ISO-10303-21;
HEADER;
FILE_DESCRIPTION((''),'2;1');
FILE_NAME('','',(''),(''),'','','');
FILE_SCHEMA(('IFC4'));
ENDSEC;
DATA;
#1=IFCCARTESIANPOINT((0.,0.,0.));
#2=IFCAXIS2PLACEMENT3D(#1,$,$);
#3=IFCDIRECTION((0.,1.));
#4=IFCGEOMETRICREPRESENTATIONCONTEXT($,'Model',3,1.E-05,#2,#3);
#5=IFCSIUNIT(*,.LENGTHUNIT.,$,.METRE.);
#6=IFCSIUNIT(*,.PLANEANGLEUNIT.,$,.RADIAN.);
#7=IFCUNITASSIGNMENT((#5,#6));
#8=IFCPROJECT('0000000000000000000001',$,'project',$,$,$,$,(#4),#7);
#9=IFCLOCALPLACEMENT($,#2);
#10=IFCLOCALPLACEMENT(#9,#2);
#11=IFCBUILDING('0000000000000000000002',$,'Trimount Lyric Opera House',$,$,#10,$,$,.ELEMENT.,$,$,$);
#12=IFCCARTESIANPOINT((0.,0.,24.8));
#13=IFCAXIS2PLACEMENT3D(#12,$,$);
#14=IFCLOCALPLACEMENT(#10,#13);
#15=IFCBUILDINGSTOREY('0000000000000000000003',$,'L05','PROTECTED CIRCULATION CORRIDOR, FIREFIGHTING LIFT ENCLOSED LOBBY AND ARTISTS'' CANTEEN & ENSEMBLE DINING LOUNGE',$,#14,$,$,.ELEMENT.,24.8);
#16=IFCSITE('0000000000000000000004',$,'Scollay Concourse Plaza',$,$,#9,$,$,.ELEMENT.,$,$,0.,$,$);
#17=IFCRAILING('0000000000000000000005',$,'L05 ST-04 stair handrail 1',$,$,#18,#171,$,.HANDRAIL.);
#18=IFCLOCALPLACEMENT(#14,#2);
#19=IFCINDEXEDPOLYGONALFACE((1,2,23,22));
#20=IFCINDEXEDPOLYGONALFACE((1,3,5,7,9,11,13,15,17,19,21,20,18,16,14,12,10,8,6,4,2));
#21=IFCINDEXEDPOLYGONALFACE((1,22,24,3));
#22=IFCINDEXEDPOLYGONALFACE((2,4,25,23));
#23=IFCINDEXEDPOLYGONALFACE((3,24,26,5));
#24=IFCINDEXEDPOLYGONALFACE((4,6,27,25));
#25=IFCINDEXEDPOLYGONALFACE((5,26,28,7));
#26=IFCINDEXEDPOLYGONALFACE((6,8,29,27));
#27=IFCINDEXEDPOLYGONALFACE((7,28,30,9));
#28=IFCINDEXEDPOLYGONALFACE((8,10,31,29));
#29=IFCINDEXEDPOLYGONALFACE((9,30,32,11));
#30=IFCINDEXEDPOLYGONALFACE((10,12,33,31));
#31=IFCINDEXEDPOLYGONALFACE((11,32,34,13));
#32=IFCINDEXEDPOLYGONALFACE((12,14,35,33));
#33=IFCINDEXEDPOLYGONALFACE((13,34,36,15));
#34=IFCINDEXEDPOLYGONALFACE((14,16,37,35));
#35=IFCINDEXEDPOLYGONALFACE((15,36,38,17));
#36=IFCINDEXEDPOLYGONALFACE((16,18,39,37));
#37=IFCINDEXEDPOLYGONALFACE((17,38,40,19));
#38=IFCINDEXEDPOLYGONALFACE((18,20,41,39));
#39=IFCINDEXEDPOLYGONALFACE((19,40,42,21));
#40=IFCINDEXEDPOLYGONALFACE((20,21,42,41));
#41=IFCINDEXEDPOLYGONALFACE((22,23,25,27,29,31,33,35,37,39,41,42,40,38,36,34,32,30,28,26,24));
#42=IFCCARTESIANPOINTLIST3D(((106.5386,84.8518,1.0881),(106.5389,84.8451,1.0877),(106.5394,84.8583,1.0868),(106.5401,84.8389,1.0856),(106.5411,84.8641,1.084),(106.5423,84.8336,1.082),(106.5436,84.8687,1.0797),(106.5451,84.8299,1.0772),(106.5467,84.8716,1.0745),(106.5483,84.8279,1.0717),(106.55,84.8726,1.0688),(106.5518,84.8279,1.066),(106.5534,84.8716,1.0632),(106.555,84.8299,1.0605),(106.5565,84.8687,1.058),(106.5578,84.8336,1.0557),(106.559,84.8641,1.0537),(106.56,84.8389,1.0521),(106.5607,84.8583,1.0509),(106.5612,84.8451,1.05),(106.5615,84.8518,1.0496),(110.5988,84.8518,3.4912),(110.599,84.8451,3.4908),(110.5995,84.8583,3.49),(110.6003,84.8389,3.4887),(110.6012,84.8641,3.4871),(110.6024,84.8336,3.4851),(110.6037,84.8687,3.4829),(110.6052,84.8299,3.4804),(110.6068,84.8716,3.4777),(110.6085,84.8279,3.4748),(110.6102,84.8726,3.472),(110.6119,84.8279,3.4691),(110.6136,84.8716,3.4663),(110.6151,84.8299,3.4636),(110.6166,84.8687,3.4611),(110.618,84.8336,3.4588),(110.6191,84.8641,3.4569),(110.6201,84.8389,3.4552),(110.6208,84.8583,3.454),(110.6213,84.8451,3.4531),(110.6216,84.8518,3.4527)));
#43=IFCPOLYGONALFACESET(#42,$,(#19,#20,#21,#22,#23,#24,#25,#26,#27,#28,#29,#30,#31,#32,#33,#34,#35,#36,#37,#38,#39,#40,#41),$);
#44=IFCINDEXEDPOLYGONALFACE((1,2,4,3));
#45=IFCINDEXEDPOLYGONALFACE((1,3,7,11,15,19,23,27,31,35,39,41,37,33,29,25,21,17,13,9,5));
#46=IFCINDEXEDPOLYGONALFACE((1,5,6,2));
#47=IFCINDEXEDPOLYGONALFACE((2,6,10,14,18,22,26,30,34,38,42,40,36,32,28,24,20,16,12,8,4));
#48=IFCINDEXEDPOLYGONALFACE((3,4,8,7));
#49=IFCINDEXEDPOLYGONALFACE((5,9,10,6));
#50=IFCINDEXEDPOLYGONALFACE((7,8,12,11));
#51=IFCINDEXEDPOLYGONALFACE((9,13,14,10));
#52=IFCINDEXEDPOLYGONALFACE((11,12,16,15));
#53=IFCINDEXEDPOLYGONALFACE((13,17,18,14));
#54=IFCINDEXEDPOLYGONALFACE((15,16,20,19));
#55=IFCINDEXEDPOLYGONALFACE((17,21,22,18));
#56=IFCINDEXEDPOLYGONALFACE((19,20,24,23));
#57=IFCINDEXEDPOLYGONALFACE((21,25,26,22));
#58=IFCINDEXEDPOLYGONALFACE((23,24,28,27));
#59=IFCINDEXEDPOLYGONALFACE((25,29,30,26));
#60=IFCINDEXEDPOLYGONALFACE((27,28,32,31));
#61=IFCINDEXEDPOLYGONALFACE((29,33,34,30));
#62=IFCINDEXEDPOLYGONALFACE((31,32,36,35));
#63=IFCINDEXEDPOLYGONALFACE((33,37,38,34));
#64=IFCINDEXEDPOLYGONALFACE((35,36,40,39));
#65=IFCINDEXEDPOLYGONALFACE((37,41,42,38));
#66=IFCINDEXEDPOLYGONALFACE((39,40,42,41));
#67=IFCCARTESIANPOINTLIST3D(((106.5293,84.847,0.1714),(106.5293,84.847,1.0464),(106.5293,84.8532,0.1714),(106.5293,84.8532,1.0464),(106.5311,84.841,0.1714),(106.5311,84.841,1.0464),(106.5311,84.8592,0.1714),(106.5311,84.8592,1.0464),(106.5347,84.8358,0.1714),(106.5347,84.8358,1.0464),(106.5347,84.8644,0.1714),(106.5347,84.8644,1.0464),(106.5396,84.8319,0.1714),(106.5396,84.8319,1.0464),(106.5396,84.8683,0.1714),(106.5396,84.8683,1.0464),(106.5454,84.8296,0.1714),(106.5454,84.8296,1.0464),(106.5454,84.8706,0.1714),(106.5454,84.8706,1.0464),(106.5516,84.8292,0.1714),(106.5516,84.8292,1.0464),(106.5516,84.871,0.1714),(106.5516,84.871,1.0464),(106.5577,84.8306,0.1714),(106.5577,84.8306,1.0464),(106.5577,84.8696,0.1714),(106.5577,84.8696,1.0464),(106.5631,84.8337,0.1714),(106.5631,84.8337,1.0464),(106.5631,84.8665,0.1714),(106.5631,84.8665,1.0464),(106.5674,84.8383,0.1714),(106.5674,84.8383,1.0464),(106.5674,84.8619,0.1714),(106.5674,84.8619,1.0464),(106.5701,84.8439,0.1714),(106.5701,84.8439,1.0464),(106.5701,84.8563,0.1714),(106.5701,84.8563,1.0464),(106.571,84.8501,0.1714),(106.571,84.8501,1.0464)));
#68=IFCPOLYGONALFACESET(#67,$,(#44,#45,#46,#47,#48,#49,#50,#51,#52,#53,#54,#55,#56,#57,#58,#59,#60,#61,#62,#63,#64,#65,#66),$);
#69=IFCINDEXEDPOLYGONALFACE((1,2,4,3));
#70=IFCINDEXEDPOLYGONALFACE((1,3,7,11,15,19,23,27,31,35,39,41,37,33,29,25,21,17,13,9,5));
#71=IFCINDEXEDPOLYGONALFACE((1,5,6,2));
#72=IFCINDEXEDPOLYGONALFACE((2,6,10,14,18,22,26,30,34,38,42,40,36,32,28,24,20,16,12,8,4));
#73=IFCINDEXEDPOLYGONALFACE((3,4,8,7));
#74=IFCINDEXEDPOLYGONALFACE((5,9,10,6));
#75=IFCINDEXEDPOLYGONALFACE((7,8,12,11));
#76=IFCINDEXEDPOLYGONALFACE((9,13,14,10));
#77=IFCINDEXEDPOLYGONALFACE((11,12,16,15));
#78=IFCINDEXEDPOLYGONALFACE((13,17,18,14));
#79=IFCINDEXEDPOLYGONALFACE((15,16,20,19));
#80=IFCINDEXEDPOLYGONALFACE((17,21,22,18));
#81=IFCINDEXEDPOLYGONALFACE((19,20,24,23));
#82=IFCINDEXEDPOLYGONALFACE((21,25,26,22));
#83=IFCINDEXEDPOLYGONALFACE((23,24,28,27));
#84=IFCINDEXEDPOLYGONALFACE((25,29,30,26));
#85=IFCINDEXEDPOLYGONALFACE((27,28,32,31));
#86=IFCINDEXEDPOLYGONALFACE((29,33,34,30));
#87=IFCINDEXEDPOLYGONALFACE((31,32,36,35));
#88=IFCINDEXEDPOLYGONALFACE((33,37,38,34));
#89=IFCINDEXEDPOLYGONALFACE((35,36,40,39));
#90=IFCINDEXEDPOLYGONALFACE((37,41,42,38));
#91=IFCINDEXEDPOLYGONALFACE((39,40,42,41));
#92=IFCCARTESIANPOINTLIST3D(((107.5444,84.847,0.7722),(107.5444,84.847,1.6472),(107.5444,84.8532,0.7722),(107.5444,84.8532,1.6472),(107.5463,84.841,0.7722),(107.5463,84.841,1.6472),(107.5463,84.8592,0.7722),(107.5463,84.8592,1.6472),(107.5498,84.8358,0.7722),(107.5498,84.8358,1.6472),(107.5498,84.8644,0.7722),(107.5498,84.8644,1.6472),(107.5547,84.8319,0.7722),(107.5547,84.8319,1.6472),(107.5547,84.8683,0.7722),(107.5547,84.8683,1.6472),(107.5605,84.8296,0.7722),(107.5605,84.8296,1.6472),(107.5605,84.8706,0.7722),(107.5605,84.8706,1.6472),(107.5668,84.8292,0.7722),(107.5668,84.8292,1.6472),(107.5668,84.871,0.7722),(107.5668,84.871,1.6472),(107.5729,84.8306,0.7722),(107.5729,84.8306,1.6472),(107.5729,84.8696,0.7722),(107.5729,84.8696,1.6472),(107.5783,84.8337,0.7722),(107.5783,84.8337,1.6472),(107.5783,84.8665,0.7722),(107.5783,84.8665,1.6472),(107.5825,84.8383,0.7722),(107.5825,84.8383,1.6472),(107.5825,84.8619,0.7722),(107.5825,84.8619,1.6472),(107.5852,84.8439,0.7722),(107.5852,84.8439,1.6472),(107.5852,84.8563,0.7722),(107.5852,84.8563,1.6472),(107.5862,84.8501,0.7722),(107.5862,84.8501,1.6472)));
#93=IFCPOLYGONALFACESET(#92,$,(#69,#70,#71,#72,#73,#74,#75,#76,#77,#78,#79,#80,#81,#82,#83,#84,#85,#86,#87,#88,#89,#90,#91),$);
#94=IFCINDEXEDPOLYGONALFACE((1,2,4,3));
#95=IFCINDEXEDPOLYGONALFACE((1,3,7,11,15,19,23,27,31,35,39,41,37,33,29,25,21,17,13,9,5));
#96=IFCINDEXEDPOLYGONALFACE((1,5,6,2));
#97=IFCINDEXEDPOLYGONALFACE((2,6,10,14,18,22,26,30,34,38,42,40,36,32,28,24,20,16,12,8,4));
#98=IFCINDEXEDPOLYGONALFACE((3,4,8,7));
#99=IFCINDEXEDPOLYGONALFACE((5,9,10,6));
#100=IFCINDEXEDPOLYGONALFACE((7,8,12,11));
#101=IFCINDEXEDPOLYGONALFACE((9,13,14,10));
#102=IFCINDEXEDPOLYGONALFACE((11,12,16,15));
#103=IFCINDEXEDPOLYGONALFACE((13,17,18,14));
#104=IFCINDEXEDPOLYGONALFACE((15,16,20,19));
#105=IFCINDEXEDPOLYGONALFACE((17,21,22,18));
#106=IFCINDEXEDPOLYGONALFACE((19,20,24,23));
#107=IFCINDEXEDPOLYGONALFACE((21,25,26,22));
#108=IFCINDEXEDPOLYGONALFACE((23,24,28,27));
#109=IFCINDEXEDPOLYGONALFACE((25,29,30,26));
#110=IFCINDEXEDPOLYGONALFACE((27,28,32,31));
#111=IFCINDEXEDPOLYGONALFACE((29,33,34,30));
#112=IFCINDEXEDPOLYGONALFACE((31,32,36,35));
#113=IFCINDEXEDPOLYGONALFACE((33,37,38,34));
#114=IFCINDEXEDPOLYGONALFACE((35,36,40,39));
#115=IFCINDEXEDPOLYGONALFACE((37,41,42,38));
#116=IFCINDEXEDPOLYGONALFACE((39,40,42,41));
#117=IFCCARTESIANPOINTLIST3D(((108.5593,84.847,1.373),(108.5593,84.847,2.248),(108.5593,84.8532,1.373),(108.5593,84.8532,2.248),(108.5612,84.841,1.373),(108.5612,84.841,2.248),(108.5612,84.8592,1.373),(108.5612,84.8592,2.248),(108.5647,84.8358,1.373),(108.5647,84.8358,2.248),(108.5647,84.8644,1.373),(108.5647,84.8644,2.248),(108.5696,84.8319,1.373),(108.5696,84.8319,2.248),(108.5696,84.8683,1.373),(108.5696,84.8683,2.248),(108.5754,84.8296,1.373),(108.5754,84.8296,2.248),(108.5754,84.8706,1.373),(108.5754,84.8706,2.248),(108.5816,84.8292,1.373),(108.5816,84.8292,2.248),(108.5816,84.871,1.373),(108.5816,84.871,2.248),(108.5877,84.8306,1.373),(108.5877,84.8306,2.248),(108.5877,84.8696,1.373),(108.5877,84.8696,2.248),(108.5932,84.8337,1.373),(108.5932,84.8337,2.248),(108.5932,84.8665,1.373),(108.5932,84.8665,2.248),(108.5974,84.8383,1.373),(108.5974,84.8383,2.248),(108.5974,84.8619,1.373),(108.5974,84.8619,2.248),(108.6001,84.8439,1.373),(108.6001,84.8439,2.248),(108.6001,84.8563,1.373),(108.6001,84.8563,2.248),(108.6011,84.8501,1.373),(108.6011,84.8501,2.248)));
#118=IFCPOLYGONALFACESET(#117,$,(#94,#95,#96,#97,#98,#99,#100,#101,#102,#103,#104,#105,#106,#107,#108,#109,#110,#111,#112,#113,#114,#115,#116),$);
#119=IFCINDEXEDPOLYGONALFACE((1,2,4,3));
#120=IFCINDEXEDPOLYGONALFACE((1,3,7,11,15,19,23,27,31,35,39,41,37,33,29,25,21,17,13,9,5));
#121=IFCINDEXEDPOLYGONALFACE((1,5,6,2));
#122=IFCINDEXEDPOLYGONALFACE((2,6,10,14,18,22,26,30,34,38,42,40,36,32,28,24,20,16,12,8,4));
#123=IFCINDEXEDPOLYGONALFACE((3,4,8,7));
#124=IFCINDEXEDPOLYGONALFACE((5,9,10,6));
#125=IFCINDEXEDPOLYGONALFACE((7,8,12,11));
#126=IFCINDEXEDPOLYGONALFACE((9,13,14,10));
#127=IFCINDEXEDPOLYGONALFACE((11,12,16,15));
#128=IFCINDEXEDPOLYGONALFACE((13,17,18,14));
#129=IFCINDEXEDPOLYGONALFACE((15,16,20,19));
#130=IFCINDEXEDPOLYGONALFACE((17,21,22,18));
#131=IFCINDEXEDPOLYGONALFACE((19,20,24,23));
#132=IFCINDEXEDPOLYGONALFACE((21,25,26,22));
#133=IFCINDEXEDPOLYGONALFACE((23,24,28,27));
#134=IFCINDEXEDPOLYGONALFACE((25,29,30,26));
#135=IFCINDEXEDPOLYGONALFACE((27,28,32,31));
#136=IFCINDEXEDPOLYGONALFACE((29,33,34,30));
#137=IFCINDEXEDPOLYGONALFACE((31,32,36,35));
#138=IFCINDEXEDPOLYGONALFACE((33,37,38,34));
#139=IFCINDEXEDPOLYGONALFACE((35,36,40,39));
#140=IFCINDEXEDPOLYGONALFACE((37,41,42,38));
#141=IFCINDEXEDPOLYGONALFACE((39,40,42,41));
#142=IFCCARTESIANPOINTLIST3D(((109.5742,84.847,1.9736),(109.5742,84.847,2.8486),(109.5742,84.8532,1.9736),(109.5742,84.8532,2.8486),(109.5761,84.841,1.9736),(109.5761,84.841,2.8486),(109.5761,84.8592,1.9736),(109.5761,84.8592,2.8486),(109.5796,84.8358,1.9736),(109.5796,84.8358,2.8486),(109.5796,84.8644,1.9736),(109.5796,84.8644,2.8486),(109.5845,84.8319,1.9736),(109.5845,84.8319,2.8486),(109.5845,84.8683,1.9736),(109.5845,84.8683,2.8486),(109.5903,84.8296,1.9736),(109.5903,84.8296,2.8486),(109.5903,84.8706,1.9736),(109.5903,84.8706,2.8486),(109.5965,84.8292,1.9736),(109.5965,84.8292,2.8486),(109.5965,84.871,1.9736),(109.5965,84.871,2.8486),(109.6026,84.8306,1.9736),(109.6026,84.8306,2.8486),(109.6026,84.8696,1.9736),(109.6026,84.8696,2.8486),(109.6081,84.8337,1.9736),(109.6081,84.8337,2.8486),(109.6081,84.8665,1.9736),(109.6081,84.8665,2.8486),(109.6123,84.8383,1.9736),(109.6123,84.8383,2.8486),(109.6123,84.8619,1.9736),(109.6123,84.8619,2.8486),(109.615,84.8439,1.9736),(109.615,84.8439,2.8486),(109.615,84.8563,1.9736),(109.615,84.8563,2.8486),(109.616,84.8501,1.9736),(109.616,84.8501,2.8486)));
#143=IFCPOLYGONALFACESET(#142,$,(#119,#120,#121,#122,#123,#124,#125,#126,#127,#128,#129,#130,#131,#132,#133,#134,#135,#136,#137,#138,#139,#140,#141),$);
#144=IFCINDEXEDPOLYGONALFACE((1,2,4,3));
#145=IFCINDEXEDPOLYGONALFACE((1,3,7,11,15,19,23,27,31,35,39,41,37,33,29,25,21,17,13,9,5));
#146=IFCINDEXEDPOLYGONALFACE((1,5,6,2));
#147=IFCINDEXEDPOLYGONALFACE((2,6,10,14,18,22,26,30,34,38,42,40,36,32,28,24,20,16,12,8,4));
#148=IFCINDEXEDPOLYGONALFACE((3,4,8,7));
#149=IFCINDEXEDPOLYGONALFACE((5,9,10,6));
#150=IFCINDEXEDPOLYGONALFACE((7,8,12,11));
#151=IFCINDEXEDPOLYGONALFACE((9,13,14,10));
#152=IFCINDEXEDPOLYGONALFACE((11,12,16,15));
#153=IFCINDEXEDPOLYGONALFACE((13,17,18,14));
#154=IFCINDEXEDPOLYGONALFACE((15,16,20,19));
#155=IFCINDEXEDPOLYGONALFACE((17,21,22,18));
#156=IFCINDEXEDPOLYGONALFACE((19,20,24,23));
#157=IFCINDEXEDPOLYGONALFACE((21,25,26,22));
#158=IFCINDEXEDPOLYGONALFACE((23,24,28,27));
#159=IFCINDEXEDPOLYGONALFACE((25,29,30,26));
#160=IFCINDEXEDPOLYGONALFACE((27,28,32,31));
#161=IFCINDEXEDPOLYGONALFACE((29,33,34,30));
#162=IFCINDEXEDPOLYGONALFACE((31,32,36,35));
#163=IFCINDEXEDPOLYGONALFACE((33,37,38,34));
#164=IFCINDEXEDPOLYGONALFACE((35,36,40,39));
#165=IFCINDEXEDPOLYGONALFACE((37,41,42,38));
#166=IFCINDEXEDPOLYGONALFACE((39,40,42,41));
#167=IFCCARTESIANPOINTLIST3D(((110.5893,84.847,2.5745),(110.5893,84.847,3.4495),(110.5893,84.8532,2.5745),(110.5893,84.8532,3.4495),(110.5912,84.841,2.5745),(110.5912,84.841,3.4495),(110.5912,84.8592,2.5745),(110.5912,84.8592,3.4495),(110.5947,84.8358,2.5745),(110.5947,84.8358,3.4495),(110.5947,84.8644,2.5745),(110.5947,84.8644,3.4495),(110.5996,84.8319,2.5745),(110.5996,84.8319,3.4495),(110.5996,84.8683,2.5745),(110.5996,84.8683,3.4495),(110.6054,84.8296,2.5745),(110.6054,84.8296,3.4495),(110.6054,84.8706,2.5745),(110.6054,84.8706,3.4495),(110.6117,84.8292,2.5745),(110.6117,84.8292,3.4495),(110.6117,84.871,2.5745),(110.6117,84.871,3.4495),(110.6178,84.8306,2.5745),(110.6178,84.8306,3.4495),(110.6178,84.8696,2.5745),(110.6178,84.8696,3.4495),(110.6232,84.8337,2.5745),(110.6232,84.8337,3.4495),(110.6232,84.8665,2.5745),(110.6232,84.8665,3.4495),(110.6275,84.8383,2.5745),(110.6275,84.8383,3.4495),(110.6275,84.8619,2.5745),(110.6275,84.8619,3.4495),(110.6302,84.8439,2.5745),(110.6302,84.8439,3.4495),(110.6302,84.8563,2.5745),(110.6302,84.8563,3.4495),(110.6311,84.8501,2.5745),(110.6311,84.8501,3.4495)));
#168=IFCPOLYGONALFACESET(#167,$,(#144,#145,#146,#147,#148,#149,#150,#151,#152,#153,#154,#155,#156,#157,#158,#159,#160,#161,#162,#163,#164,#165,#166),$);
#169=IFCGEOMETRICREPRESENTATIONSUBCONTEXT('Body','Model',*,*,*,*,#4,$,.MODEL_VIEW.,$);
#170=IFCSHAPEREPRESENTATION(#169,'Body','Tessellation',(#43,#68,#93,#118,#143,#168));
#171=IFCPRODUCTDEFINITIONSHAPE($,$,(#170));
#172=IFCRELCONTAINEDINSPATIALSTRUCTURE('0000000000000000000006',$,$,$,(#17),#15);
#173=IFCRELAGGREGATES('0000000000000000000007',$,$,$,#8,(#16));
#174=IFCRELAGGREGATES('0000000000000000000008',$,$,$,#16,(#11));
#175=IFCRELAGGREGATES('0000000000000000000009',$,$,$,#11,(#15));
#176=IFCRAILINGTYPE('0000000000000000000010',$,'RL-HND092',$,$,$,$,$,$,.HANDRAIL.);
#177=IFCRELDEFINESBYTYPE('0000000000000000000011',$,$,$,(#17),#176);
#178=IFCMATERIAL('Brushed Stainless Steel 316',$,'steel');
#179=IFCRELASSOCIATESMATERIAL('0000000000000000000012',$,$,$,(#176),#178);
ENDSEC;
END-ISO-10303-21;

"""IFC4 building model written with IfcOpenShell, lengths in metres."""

from ifc_helpers import new_model, si_unit, direction, frame, origin, origin_2d, place, context, subcontext, project, spatial, circle, extrude, material, type_object, element, save


model = new_model("IFC4")

# Units and contexts
model_context = context("Model", 3, precision=1e-05, world=origin(), true_north=direction((0.0, 1.0)))
body_context = subcontext(model_context, "Body", "Model", "MODEL_VIEW")
ifc_project = project(units=[si_unit("LENGTHUNIT", "METRE"), si_unit("PLANEANGLEUNIT", "RADIAN")], contexts=[model_context])

# Site, building, storey
site_placement = place(None, origin())
site = spatial("IfcSite", under=ifc_project, at=site_placement, Name="Scollay Concourse Plaza", CompositionType="ELEMENT", RefElevation=0.0)
building_placement = place(site_placement, origin())
building = spatial("IfcBuilding", under=site, at=building_placement, Name="Trimount Lyric Opera House", CompositionType="ELEMENT")
storey_placement = place(building_placement, frame((0.0, 0.0, 24.8)))
storey = spatial("IfcBuildingStorey", under=building, at=storey_placement, Name="L05", Description="PROTECTED CIRCULATION CORRIDOR, FIREFIGHTING LIFT ENCLOSED LOBBY AND ARTISTS' CANTEEN & ENSEMBLE DINING LOUNGE", CompositionType="ELEMENT", Elevation=24.8)

# Railing
ifc_material_1 = material(Name="Brushed Stainless Steel 316", Category="steel")
railing_type_1 = type_object("IfcRailingType", Name="RL-HND092", PredefinedType="HANDRAIL", material=ifc_material_1)
railing_1_placement = place(storey_placement, frame((106.55, 84.8501, 0.1714)))
element("IfcRailing", 1, at=railing_1_placement, inside=storey, type_object=railing_type_1, Name="L05 ST-04 stair handrail 1", PredefinedType="HANDRAIL", context=body_context, shape_type="SweptSolid", body=[
    extrude(circle(Radius=0.0225, at=origin_2d()), frame((0.0, 0.0, 0.8975), z_axis=(0.86056, 0.0, 0.50935), x_axis=(0.0, 1.0, 0.0)), (0.0, 0.0, 1.0), 4.718),
    extrude(circle(Radius=0.021, at=origin_2d()), origin(), (0.0, 0.0, 1.0), 0.875),
    extrude(circle(Radius=0.021, at=origin_2d()), frame((1.0151, 0.0, 0.6008)), (0.0, 0.0, 1.0), 0.875),
    extrude(circle(Radius=0.021, at=origin_2d()), frame((2.03, 0.0, 1.2017)), (0.0, 0.0, 1.0), 0.875),
    extrude(circle(Radius=0.021, at=origin_2d()), frame((3.0449, 0.0, 1.8022)), (0.0, 0.0, 1.0), 0.875),
    extrude(circle(Radius=0.021, at=origin_2d()), frame((4.0601, 0.0, 2.4031)), (0.0, 0.0, 1.0), 0.875),
])

save(model, "model.ifc")
